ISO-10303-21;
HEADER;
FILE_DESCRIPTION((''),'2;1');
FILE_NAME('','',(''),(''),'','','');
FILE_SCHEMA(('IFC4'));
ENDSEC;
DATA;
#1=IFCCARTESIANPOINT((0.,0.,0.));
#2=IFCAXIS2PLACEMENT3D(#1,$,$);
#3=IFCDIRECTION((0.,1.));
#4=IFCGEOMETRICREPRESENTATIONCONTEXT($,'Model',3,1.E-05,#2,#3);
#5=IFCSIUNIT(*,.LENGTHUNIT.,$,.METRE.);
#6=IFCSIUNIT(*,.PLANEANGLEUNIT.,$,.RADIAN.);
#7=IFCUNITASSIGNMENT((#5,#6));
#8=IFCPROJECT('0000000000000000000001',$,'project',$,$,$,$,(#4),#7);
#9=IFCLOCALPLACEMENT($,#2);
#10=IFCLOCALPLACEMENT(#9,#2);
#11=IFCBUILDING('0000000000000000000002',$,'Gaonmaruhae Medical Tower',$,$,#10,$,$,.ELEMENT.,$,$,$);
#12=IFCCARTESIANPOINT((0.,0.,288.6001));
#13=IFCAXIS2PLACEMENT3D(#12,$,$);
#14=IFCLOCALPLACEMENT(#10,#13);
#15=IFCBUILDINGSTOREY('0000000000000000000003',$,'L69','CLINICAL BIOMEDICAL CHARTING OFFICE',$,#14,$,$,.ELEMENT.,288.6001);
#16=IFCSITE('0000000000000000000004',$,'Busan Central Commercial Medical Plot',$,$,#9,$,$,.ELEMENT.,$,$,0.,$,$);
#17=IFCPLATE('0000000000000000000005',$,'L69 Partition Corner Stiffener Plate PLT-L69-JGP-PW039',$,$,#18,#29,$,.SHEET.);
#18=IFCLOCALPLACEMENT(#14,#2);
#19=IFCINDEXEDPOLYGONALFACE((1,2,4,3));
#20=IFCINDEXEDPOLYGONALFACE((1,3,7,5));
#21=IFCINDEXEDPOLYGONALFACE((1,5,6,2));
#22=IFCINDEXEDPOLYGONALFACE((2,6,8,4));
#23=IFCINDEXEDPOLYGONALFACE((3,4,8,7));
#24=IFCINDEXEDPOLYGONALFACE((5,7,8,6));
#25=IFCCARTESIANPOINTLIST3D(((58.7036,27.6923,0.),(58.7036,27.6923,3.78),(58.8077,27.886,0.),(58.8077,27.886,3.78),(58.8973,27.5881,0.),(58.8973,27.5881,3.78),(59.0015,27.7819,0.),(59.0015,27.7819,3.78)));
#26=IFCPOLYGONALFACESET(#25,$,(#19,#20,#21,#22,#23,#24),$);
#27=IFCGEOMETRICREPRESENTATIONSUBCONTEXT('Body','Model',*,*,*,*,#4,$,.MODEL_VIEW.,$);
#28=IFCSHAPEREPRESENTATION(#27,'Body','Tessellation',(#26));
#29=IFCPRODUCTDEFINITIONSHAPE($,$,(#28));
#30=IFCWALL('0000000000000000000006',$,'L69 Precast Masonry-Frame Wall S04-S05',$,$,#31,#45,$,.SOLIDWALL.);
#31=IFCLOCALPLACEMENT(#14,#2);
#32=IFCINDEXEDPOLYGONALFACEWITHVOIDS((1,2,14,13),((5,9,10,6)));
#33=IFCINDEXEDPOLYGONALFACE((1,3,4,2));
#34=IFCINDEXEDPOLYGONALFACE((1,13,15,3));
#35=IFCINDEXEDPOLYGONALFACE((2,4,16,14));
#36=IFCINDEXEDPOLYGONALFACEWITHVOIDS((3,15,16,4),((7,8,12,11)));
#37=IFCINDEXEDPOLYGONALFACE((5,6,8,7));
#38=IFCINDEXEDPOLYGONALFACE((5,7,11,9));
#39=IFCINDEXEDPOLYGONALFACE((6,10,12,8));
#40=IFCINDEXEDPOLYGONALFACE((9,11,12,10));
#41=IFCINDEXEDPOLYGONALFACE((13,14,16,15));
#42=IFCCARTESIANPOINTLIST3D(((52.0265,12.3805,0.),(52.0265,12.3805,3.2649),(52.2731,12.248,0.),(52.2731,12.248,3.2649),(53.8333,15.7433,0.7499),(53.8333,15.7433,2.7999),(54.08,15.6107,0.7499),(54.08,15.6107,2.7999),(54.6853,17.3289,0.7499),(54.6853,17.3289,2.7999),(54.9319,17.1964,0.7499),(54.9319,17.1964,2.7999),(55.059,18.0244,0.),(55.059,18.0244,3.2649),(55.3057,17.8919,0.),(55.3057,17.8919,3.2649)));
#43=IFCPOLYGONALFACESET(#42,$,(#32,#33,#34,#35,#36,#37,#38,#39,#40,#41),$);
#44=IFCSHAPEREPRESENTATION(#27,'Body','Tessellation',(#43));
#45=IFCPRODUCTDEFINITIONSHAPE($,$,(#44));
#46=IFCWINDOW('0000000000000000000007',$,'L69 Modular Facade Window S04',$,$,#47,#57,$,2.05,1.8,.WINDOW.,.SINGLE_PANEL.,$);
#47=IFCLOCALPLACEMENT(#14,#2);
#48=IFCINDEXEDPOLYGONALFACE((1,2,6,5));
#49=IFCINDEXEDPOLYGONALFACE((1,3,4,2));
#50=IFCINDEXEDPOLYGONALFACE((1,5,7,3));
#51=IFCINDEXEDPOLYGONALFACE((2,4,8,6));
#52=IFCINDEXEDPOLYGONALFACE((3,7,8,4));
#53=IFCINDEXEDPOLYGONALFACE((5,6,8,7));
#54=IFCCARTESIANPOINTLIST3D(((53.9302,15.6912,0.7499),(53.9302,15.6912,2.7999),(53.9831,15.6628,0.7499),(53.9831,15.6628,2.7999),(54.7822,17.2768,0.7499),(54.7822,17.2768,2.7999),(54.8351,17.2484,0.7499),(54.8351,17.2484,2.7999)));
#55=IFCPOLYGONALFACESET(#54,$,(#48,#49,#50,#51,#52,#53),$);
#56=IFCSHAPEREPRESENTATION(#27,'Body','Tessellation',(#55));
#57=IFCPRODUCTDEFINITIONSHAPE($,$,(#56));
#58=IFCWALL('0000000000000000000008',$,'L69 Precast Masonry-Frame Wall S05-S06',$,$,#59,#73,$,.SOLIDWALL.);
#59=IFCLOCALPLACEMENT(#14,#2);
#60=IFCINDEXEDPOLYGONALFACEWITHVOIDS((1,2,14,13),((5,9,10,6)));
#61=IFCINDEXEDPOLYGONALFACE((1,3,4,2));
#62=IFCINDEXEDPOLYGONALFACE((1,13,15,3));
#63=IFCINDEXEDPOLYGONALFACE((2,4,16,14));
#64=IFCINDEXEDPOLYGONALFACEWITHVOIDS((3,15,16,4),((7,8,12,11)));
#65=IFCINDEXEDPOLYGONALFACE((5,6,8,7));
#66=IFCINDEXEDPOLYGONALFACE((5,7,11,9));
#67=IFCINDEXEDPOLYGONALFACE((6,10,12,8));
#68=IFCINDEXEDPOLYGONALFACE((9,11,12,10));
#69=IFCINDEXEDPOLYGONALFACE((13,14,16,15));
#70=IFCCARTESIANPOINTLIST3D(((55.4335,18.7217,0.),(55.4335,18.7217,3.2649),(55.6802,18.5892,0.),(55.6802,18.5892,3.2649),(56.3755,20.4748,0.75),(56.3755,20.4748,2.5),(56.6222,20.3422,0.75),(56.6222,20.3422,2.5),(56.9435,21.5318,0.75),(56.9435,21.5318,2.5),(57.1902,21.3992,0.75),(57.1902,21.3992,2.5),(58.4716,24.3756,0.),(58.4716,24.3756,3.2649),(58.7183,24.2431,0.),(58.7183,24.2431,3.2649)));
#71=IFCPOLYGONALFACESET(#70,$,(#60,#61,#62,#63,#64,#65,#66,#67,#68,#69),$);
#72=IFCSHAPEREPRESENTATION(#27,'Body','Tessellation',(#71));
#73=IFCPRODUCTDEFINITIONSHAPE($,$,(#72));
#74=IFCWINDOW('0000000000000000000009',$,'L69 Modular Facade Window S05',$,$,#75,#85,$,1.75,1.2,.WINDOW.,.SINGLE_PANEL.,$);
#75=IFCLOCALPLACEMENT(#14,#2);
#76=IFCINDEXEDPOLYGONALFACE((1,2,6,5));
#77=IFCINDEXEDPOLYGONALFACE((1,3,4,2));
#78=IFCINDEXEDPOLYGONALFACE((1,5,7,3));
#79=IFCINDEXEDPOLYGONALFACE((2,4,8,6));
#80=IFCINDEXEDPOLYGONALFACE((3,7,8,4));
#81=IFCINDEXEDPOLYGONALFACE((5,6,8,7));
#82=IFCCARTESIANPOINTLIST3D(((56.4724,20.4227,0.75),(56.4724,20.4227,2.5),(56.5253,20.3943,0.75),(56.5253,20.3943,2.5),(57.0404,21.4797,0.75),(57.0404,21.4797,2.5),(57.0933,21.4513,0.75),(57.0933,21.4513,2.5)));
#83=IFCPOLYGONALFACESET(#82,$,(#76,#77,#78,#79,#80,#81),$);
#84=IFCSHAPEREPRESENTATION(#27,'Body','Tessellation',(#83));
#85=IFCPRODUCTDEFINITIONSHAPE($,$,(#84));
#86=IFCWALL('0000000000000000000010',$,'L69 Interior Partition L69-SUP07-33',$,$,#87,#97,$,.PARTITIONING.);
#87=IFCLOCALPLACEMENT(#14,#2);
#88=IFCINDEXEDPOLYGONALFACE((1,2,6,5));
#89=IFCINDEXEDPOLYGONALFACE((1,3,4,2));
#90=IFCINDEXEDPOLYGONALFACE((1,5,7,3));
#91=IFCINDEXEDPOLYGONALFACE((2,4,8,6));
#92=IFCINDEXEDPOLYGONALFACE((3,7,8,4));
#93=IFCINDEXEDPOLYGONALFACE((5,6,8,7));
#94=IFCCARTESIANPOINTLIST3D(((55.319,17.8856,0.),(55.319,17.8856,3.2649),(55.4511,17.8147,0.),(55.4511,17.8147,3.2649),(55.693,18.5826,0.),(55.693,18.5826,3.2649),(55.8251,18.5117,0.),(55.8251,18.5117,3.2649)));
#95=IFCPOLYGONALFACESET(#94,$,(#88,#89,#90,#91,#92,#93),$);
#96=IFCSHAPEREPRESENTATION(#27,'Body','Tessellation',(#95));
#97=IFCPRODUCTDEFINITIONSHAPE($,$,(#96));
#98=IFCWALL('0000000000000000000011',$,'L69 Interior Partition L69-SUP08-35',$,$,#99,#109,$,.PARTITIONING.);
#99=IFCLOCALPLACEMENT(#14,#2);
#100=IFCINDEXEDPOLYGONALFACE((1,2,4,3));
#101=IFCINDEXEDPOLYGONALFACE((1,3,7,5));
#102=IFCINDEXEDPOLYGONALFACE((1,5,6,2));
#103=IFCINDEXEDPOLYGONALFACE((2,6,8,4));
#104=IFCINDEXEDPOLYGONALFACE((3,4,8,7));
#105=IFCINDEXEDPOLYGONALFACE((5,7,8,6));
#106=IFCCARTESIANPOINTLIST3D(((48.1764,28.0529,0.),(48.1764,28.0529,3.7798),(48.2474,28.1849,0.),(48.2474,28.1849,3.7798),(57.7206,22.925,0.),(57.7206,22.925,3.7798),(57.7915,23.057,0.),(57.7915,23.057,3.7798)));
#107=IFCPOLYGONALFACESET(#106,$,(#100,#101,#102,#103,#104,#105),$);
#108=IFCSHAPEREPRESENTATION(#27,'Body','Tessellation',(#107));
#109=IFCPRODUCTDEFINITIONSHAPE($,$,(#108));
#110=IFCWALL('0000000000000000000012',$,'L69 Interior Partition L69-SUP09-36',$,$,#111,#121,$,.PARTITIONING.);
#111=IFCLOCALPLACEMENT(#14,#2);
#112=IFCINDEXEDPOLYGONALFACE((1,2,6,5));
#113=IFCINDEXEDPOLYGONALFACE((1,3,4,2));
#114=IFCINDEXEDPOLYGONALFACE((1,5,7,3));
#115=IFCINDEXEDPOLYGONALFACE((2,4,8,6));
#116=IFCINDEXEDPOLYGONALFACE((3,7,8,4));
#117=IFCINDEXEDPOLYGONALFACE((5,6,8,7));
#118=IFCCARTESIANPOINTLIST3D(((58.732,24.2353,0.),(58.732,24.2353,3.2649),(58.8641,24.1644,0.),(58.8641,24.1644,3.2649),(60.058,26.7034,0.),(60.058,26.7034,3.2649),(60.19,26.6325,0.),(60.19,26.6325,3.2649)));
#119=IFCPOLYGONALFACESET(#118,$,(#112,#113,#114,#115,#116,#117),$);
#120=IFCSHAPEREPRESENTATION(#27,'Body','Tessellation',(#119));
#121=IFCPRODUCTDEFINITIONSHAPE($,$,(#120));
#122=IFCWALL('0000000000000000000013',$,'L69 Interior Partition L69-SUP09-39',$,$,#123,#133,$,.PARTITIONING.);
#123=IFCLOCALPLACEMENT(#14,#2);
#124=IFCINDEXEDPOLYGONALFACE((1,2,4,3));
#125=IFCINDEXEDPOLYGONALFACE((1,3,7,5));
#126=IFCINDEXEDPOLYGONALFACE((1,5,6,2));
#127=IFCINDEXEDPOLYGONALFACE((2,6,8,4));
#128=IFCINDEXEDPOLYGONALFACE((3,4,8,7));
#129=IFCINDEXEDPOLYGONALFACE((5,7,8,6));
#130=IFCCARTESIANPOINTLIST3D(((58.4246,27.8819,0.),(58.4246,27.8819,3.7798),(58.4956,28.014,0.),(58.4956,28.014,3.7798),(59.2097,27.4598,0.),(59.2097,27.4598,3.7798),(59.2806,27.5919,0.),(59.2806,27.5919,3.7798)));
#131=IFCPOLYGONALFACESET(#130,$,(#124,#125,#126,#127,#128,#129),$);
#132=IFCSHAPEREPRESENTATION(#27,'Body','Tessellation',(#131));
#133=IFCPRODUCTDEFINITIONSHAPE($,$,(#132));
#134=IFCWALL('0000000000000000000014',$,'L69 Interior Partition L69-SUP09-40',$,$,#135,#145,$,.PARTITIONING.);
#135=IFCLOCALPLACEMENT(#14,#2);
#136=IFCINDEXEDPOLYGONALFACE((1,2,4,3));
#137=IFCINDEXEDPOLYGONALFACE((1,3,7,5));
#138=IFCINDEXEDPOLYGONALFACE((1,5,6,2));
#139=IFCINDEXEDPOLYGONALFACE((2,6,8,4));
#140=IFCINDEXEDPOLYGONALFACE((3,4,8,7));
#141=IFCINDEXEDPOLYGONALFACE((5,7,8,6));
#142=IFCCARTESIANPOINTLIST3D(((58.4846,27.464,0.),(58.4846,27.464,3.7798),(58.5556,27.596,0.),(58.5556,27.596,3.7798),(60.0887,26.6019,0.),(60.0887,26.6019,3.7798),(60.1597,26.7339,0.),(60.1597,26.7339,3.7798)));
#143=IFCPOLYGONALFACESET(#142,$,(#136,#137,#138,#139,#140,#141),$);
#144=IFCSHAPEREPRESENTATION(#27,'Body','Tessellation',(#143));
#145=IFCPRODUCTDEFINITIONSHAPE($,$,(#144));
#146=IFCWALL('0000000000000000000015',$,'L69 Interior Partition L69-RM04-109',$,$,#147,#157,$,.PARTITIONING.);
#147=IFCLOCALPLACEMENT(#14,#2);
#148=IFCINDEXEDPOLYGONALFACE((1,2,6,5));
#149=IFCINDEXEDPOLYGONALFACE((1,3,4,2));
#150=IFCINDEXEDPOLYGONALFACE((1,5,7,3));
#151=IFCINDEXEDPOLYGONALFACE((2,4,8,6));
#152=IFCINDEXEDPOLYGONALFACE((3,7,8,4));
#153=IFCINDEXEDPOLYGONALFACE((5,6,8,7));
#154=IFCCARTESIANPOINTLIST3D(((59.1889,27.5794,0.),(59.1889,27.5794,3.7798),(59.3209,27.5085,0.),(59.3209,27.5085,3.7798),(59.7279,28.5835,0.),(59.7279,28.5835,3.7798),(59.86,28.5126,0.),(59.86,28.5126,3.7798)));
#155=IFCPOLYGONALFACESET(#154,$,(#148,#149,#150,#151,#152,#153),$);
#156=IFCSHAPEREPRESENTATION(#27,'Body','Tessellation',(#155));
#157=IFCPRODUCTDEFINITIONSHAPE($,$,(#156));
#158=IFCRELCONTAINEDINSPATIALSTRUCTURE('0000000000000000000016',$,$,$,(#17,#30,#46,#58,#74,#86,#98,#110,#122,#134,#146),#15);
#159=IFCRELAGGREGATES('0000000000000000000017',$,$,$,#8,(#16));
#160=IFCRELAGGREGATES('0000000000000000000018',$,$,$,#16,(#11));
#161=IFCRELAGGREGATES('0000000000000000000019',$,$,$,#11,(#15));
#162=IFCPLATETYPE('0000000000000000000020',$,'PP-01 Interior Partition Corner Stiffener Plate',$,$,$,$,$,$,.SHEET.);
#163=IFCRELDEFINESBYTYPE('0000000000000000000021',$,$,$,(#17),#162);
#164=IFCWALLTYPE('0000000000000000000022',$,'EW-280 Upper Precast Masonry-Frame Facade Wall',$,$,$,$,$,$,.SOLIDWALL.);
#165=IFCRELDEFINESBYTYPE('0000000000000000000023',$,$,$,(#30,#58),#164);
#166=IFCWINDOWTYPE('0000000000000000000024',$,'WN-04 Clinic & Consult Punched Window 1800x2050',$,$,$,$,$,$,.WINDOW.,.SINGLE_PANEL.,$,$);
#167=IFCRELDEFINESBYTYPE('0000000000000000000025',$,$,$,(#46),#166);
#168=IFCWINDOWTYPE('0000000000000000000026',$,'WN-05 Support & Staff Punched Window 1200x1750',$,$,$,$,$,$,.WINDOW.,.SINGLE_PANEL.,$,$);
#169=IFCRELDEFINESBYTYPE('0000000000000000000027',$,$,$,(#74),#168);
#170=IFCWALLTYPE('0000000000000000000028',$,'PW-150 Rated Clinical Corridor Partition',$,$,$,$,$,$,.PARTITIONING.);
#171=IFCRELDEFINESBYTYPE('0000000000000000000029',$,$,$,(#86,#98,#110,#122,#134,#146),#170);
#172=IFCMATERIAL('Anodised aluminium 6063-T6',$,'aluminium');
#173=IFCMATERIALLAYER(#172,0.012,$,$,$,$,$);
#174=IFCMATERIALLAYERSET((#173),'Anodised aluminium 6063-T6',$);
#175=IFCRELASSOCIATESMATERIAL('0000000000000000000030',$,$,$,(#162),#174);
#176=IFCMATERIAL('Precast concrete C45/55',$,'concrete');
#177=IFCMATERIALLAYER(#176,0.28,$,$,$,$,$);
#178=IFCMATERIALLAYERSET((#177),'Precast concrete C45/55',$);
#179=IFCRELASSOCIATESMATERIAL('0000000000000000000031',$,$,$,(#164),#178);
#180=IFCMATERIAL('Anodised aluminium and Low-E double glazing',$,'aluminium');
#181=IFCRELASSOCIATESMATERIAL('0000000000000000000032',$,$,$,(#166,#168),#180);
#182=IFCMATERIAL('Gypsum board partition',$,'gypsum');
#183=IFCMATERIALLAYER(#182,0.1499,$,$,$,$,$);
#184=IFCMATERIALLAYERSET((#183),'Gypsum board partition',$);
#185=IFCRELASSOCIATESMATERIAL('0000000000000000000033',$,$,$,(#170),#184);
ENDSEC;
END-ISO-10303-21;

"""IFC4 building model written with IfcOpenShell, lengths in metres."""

from ifc_helpers import new_model, si_unit, direction, frame, frame_2d, origin, origin_2d, place, context, subcontext, project, spatial, rectangle, extrude, material, layer, layer_set, type_object, element, fill, save


model = new_model("IFC4")

# Units and contexts
model_context = context("Model", 3, precision=1e-05, world=origin(), true_north=direction((0.0, 1.0)))
body_context = subcontext(model_context, "Body", "Model", "MODEL_VIEW")
ifc_project = project(units=[si_unit("LENGTHUNIT", "METRE"), si_unit("PLANEANGLEUNIT", "RADIAN")], contexts=[model_context])

# Site, building, storey
site_placement = place(None, origin())
site = spatial("IfcSite", under=ifc_project, at=site_placement, Name="Busan Central Commercial Medical Plot", CompositionType="ELEMENT", RefElevation=0.0)
building_placement = place(site_placement, origin())
building = spatial("IfcBuilding", under=site, at=building_placement, Name="Gaonmaruhae Medical Tower", CompositionType="ELEMENT")
storey_placement = place(building_placement, frame((0.0, 0.0, 288.6001)))
storey = spatial("IfcBuildingStorey", under=building, at=storey_placement, Name="L69", Description="CLINICAL BIOMEDICAL CHARTING OFFICE", CompositionType="ELEMENT", Elevation=288.6001)

# Plate
ifc_material_1 = material(Name="Anodised aluminium 6063-T6", Category="aluminium")
ifc_layer_1 = layer(ifc_material_1, 0.012)
ifc_layer_set_1 = layer_set([ifc_layer_1], Name="Anodised aluminium 6063-T6")
plate_type = type_object("IfcPlateType", Name="PP-01 Interior Partition Corner Stiffener Plate", PredefinedType="SHEET", material=ifc_layer_set_1)
plate_1_placement = place(storey_placement, frame((58.8525, 27.7371, 0.0), z_axis=(0.0, 0.0, 1.0), x_axis=(0.880792, -0.473504, 0.0)))
element("IfcPlate", 1, at=plate_1_placement, inside=storey, type_object=plate_type, Name="L69 Partition Corner Stiffener Plate PLT-L69-JGP-PW039", PredefinedType="SHEET", context=body_context, shape_type="SweptSolid", body=[
    extrude(rectangle(XDim=0.22, YDim=0.22, at=origin_2d()), origin(), (0.0, 0.0, 1.0), 3.78),
])

# Walls, openings, windows
ifc_material_2 = material(Name="Precast concrete C45/55", Category="concrete")
ifc_layer_2 = layer(ifc_material_2, 0.28)
ifc_layer_set_2 = layer_set([ifc_layer_2], Name="Precast concrete C45/55")
wall_type_1 = type_object("IfcWallType", Name="EW-280 Upper Precast Masonry-Frame Facade Wall", PredefinedType="SOLIDWALL", material=ifc_layer_set_2)
wall_1_placement = place(storey_placement, frame((55.1824, 17.9583, 0.0), z_axis=(0.0, 0.0, 1.0), x_axis=(-0.473313, -0.880894, 0.0)))
wall_1 = element("IfcWall", 2, at=wall_1_placement, inside=storey, type_object=wall_type_1, Name="L69 Precast Masonry-Frame Wall S04-S05", PredefinedType="SOLIDWALL", context=body_context, shape_type="SweptSolid", body=[
    extrude(rectangle(XDim=6.407, YDim=0.28, at=frame_2d((3.2036, 0.0))), origin(), (0.0, 0.0, 1.0), 3.2649),
])
opening_1_placement = place(wall_1_placement, frame((0.7898, 0.0, 0.75)))
opening_1 = element("IfcOpeningElement", 3, at=opening_1_placement, cuts=wall_1, PredefinedType="OPENING", context=body_context, shape_type="SweptSolid", body=[
    extrude(rectangle(XDim=1.8, YDim=2.05, at=frame_2d((0.8999, 1.0249))), frame((0.0, 0.1499, 0.0), z_axis=(0.0, -1.0, 0.0), x_axis=(1.0, 0.0, 0.0)), (0.0, 0.0, 1.0), 0.3),
])
ifc_material_3 = material(Name="Anodised aluminium and Low-E double glazing", Category="aluminium")
window_type_1 = type_object("IfcWindowType", Name="WN-04 Clinic & Consult Punched Window 1800x2050", PartitioningType="SINGLE_PANEL", PredefinedType="WINDOW", material=ifc_material_3)
window_1_placement = place(opening_1_placement, origin())
window_1 = element("IfcWindow", 4, at=window_1_placement, inside=storey, type_object=window_type_1, Name="L69 Modular Facade Window S04", OverallHeight=2.05, OverallWidth=1.8, PartitioningType="SINGLE_PANEL", PredefinedType="WINDOW", context=body_context, shape_type="SweptSolid", body=[
    extrude(rectangle(XDim=1.8, YDim=2.05, at=frame_2d((0.8999, 1.0249))), frame((0.0, 0.03, 0.0), z_axis=(0.0, -1.0, 0.0), x_axis=(1.0, 0.0, 0.0)), (0.0, 0.0, 1.0), 0.0601),
])
fill(opening_1, window_1)
wall_2_placement = place(storey_placement, frame((58.595, 24.3093, 0.0), z_axis=(0.0, 0.0, 1.0), x_axis=(-0.473342, -0.880879, 0.0)))
wall_2 = element("IfcWall", 5, at=wall_2_placement, inside=storey, type_object=wall_type_1, Name="L69 Precast Masonry-Frame Wall S05-S06", PredefinedType="SOLIDWALL", context=body_context, shape_type="SweptSolid", body=[
    extrude(rectangle(XDim=6.4185, YDim=0.28, at=frame_2d((3.2092, 0.0))), origin(), (0.0, 0.0, 1.0), 3.2649),
])
opening_2_placement = place(wall_2_placement, frame((3.2283, 0.0, 0.75)))
opening_2 = element("IfcOpeningElement", 6, at=opening_2_placement, cuts=wall_2, PredefinedType="OPENING", context=body_context, shape_type="SweptSolid", body=[
    extrude(rectangle(XDim=1.2, YDim=1.75, at=frame_2d((0.6001, 0.875))), frame((0.0, 0.1499, 0.0), z_axis=(0.0, -1.0, 0.0), x_axis=(1.0, 0.0, 0.0)), (0.0, 0.0, 1.0), 0.3),
])
window_type_2 = type_object("IfcWindowType", Name="WN-05 Support & Staff Punched Window 1200x1750", PartitioningType="SINGLE_PANEL", PredefinedType="WINDOW", material=ifc_material_3)
window_2_placement = place(opening_2_placement, origin())
window_2 = element("IfcWindow", 7, at=window_2_placement, inside=storey, type_object=window_type_2, Name="L69 Modular Facade Window S05", OverallHeight=1.75, OverallWidth=1.2, PartitioningType="SINGLE_PANEL", PredefinedType="WINDOW", context=body_context, shape_type="SweptSolid", body=[
    extrude(rectangle(XDim=1.2, YDim=1.75, at=frame_2d((0.6001, 0.875))), frame((0.0, 0.03, 0.0), z_axis=(0.0, -1.0, 0.0), x_axis=(1.0, 0.0, 0.0)), (0.0, 0.0, 1.0), 0.0601),
])
fill(opening_2, window_2)

# Wall
ifc_material_4 = material(Name="Gypsum board partition", Category="gypsum")
ifc_layer_3 = layer(ifc_material_4, 0.1499)
ifc_layer_set_3 = layer_set([ifc_layer_3], Name="Gypsum board partition")
wall_type_2 = type_object("IfcWallType", Name="PW-150 Rated Clinical Corridor Partition", PredefinedType="PARTITIONING", material=ifc_layer_set_3)
wall_3_placement = place(storey_placement, frame((55.759, 18.5471, 0.0), z_axis=(0.0, 0.0, 1.0), x_axis=(-0.472829, -0.881154, 0.0)))
element("IfcWall", 8, at=wall_3_placement, inside=storey, type_object=wall_type_2, Name="L69 Interior Partition L69-SUP07-33", PredefinedType="PARTITIONING", context=body_context, shape_type="SweptSolid", body=[
    extrude(rectangle(XDim=0.791, YDim=0.1499, at=frame_2d((0.3955, 0.0))), origin(), (0.0, 0.0, 1.0), 3.2649),
])

# Walls
wall_4_placement = place(storey_placement, frame((48.2119, 28.1189, 0.0), z_axis=(0.0, 0.0, 1.0), x_axis=(0.880904, -0.473295, 0.0)))
element("IfcWall", 9, at=wall_4_placement, inside=storey, type_object=wall_type_2, Name="L69 Interior Partition L69-SUP08-35", PredefinedType="PARTITIONING", context=body_context, shape_type="SweptSolid", body=[
    extrude(rectangle(XDim=10.8345, YDim=0.1499, at=frame_2d((5.4172, 0.0))), origin(), (0.0, 0.0, 1.0), 3.7798),
])
wall_5_placement = place(storey_placement, frame((60.124, 26.668, 0.0), z_axis=(0.0, 0.0, 1.0), x_axis=(-0.473268, -0.880918, 0.0)))
element("IfcWall", 10, at=wall_5_placement, inside=storey, type_object=wall_type_2, Name="L69 Interior Partition L69-SUP09-36", PredefinedType="PARTITIONING", context=body_context, shape_type="SweptSolid", body=[
    extrude(rectangle(XDim=2.8018, YDim=0.1499, at=frame_2d((1.4009, 0.0))), origin(), (0.0, 0.0, 1.0), 3.2649),
])

# Walls
wall_6_placement = place(storey_placement, frame((58.46, 27.948, 0.0), z_axis=(0.0, 0.0, 1.0), x_axis=(0.880779, -0.473528, 0.0)))
element("IfcWall", 11, at=wall_6_placement, inside=storey, type_object=wall_type_2, Name="L69 Interior Partition L69-SUP09-39", PredefinedType="PARTITIONING", context=body_context, shape_type="SweptSolid", body=[
    extrude(rectangle(XDim=0.8914, YDim=0.1499, at=frame_2d((0.4458, 0.0))), origin(), (0.0, 0.0, 1.0), 3.7798),
])
wall_7_placement = place(storey_placement, frame((58.52, 27.53, 0.0), z_axis=(0.0, 0.0, 1.0), x_axis=(0.880845, -0.473404, 0.0)))
element("IfcWall", 12, at=wall_7_placement, inside=storey, type_object=wall_type_2, Name="L69 Interior Partition L69-SUP09-40", PredefinedType="PARTITIONING", context=body_context, shape_type="SweptSolid", body=[
    extrude(rectangle(XDim=1.821, YDim=0.1499, at=frame_2d((0.9106, 0.0))), origin(), (0.0, 0.0, 1.0), 3.7798),
])
wall_8_placement = place(storey_placement, frame((59.7939, 28.5481, 0.0), z_axis=(0.0, 0.0, 1.0), x_axis=(-0.472988, -0.881069, 0.0)))
element("IfcWall", 13, at=wall_8_placement, inside=storey, type_object=wall_type_2, Name="L69 Interior Partition L69-RM04-109", PredefinedType="PARTITIONING", context=body_context, shape_type="SweptSolid", body=[
    extrude(rectangle(XDim=1.1396, YDim=0.1499, at=frame_2d((0.5698, 0.0))), origin(), (0.0, 0.0, 1.0), 3.7798),
])

save(model, "model.ifc")
